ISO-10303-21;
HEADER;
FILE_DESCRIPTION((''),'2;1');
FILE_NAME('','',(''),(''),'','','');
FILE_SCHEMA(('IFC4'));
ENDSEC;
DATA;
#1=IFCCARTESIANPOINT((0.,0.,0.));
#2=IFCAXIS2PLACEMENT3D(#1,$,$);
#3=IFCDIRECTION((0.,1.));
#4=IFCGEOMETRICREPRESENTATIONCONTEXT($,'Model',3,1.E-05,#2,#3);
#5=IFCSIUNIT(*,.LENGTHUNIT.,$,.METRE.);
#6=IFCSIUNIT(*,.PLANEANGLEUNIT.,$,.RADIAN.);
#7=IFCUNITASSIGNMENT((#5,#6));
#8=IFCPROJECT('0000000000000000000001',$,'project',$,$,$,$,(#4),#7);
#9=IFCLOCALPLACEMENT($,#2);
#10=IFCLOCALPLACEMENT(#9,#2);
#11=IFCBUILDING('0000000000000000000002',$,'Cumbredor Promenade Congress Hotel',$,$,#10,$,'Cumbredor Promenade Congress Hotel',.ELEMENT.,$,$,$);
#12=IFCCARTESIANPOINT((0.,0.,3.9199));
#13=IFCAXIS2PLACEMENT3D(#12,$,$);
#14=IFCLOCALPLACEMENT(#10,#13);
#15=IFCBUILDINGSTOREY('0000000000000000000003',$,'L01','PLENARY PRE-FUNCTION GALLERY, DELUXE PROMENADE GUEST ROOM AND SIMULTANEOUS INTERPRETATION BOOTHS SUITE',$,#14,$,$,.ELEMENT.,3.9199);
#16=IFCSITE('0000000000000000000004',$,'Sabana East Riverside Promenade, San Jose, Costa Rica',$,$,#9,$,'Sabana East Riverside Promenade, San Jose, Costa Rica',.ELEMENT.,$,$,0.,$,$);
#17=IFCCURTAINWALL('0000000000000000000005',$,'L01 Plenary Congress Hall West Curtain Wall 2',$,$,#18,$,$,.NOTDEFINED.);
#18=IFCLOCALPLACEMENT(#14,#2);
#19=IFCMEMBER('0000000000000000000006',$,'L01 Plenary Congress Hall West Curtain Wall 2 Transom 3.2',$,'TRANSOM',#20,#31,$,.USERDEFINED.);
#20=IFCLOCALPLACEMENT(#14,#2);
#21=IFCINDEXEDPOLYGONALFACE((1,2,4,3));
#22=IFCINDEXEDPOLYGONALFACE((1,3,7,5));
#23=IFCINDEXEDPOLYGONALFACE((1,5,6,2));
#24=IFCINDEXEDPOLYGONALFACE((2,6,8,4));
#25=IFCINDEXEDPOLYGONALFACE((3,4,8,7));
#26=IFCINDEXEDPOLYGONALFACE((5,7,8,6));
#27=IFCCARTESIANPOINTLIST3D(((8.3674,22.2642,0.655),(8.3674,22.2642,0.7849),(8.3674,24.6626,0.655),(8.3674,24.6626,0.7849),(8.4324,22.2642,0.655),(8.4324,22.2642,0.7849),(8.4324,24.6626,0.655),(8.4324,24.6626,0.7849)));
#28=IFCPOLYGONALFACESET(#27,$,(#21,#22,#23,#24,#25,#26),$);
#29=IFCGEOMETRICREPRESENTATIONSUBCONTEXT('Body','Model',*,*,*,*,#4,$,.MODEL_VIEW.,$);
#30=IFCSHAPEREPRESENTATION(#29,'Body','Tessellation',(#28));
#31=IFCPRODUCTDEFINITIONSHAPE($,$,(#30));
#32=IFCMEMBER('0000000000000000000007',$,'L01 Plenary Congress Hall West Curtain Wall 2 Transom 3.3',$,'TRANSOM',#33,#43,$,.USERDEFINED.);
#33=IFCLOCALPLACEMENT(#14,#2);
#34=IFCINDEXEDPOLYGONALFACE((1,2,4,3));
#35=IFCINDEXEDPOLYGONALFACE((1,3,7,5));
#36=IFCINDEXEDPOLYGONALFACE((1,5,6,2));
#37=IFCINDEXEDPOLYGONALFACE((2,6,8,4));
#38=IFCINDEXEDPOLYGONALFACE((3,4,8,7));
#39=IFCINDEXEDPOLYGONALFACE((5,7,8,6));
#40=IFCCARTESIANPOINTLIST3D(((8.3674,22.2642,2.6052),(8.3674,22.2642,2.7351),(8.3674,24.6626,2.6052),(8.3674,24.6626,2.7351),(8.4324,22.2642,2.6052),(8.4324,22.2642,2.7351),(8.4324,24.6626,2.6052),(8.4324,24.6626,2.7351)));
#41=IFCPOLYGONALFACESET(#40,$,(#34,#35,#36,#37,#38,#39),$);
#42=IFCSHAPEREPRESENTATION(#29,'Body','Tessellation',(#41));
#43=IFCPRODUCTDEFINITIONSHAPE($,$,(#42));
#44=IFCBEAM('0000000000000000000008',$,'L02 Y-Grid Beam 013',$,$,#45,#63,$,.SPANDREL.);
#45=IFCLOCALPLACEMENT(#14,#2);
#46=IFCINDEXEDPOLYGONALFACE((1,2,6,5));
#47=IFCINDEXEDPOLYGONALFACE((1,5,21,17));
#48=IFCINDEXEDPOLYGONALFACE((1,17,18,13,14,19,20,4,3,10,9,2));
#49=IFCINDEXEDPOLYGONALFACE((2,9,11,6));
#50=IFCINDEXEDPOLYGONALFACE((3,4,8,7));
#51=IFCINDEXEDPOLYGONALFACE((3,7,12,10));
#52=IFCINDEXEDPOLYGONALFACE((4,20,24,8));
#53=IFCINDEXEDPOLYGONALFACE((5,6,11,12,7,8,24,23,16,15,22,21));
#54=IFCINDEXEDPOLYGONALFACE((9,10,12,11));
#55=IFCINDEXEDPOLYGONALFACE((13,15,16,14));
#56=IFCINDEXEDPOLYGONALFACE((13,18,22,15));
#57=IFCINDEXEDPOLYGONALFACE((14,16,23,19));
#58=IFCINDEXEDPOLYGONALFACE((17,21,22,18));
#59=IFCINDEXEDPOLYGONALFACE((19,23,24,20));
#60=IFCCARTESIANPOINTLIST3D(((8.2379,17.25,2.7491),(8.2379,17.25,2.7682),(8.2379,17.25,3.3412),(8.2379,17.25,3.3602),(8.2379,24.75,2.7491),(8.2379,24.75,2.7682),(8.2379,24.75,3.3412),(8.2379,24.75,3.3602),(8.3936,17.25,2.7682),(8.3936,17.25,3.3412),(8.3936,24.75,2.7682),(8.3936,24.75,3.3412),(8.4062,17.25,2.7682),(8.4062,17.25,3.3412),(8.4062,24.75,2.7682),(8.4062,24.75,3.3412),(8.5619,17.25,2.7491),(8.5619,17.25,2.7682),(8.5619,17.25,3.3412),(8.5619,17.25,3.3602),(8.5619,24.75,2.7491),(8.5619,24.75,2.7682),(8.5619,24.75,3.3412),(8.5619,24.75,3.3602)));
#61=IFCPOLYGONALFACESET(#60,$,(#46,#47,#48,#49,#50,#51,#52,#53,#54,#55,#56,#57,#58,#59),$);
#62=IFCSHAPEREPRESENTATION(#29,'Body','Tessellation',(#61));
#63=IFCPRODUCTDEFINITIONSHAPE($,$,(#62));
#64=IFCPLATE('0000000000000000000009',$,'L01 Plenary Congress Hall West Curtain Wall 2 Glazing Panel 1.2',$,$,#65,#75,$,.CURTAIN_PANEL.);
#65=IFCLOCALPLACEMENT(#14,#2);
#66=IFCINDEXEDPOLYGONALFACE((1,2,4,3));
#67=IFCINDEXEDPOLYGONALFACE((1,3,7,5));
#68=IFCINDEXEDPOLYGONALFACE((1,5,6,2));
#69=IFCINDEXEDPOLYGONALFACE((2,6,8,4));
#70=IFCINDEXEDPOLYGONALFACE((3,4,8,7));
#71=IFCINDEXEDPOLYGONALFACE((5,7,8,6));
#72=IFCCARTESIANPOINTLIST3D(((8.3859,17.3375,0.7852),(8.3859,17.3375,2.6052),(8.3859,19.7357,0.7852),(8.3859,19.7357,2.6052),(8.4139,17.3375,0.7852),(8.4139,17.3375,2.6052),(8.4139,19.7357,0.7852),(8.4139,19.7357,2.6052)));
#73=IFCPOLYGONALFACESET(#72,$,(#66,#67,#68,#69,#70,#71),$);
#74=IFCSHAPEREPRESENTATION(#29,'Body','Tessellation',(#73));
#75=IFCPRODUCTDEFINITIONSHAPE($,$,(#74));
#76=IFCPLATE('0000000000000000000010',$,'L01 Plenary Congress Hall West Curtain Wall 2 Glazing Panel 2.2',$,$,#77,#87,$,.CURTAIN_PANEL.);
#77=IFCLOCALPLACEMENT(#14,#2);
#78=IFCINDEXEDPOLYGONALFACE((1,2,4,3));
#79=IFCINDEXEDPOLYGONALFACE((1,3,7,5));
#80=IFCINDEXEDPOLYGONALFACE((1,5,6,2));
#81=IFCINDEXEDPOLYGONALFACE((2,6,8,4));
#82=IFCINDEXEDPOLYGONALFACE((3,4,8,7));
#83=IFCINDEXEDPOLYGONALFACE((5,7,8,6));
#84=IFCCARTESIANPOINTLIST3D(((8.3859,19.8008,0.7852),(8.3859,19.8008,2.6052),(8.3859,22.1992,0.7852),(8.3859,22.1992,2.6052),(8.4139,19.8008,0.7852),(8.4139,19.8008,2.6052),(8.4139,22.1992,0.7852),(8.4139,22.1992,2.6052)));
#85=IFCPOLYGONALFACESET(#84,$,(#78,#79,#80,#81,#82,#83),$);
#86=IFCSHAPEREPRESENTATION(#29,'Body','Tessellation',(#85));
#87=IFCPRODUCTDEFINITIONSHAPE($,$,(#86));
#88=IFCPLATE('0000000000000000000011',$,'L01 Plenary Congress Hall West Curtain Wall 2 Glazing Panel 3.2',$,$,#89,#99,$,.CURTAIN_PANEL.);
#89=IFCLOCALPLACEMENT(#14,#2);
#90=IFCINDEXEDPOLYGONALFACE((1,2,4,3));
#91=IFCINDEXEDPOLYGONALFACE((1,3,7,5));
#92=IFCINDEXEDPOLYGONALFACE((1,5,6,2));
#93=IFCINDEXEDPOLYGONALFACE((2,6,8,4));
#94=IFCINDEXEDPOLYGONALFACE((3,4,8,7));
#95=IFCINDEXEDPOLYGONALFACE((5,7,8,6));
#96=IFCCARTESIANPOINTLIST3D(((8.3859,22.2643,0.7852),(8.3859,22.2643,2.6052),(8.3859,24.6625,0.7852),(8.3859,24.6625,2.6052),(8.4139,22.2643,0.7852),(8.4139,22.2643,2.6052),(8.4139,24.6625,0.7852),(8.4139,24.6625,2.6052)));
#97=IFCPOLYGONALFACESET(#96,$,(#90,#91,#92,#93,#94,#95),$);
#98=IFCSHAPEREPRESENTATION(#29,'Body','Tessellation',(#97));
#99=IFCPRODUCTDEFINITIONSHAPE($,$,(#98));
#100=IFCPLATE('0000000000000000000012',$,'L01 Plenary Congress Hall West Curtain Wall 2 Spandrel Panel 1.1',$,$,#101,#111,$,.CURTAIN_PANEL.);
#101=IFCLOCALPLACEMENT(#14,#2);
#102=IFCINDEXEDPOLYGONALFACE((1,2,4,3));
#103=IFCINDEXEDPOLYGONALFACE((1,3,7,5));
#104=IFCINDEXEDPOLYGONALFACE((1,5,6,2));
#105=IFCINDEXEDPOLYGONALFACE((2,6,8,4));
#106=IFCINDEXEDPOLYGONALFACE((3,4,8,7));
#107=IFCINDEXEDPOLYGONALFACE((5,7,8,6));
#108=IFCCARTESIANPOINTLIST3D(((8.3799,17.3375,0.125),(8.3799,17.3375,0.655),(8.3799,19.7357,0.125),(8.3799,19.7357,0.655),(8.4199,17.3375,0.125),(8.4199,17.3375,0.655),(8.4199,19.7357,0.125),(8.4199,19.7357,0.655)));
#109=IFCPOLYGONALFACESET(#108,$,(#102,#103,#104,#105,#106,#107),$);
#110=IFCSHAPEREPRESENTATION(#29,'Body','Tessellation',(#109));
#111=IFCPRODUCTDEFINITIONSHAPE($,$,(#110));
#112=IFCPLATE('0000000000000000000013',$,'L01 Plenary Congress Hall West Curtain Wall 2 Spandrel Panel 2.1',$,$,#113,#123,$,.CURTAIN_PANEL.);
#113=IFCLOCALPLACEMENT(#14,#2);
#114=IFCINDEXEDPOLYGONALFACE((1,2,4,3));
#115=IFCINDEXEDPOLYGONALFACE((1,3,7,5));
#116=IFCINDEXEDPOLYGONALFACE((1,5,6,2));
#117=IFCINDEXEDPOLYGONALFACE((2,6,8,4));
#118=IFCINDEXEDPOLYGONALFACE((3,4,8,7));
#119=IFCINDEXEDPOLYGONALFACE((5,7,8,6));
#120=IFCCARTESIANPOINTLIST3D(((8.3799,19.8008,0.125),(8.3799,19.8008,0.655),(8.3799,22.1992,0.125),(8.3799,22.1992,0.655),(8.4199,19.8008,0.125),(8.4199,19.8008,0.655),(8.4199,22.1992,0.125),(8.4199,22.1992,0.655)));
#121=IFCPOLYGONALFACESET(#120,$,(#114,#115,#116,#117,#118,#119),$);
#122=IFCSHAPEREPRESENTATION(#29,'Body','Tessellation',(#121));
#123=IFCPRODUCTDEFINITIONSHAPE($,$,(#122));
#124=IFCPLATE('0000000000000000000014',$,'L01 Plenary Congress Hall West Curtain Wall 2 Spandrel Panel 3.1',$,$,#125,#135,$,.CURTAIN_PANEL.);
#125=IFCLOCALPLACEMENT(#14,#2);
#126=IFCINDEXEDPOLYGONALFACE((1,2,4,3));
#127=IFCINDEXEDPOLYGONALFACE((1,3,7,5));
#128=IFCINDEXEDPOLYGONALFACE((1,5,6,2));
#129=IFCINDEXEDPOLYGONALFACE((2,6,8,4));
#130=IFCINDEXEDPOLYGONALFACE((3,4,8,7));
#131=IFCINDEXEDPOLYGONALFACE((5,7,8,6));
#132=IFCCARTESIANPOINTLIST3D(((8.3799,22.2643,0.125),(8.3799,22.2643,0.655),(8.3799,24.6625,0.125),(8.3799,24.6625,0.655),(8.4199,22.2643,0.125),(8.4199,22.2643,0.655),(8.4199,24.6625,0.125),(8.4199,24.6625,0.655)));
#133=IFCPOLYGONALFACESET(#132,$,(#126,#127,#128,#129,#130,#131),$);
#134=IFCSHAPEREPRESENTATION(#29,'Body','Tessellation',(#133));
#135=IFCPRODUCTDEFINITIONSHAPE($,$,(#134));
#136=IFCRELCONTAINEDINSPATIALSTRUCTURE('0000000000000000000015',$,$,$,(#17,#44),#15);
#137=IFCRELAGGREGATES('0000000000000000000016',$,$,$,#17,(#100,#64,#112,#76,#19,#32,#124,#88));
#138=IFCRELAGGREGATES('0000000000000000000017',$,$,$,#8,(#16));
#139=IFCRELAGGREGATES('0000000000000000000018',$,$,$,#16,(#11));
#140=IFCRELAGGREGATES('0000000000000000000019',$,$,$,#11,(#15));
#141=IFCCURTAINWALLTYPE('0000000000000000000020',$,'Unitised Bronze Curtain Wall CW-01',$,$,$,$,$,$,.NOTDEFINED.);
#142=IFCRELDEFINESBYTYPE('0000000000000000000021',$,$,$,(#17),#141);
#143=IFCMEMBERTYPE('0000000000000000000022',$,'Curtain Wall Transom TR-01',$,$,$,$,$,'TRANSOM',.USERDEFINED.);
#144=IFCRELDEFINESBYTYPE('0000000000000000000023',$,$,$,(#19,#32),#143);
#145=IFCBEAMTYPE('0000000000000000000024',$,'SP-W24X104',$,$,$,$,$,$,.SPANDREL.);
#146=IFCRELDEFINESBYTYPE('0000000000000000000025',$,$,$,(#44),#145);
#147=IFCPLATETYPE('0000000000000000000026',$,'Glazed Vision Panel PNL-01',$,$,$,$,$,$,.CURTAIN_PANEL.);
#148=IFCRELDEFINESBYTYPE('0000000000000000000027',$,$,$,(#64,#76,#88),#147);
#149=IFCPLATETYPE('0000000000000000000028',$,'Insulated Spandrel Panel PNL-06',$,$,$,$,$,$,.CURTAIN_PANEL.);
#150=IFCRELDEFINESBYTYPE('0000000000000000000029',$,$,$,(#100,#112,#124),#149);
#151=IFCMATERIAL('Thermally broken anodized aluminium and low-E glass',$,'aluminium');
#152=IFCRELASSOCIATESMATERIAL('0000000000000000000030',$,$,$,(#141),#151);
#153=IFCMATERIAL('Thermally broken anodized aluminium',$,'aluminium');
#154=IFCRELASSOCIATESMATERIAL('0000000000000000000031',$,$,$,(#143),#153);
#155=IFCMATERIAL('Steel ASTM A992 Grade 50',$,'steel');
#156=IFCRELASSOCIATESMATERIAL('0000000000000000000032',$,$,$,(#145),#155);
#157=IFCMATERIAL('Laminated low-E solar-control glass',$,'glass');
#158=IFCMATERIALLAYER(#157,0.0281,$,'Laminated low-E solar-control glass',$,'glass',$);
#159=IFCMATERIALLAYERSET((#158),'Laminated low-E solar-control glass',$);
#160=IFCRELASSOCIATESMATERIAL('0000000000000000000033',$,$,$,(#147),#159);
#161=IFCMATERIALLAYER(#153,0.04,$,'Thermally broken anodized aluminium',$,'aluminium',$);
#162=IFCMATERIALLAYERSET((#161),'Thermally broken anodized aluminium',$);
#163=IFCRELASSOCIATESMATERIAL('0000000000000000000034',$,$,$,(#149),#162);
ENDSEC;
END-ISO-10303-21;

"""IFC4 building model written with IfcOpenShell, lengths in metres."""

from ifc_helpers import new_model, si_unit, direction, frame, origin, origin_2d, place, context, subcontext, project, spatial, rectangle, i_section, extrude, material, layer, layer_set, material_profile, profile_set, type_object, element, aggregate, save


model = new_model("IFC4")

# Units and contexts
model_context = context("Model", 3, precision=1e-05, world=origin(), true_north=direction((0.0, 1.0)))
body_context = subcontext(model_context, "Body", "Model", "MODEL_VIEW")
ifc_project = project(units=[si_unit("LENGTHUNIT", "METRE"), si_unit("PLANEANGLEUNIT", "RADIAN")], contexts=[model_context])

# Site, building, storey
site_placement = place(None, origin())
site = spatial("IfcSite", under=ifc_project, at=site_placement, Name="Sabana East Riverside Promenade, San Jose, Costa Rica", LongName="Sabana East Riverside Promenade, San Jose, Costa Rica", CompositionType="ELEMENT", RefElevation=0.0)
building_placement = place(site_placement, origin())
building = spatial("IfcBuilding", under=site, at=building_placement, Name="Cumbredor Promenade Congress Hotel", LongName="Cumbredor Promenade Congress Hotel", CompositionType="ELEMENT")
storey_placement = place(building_placement, frame((0.0, 0.0, 3.9199)))
storey = spatial("IfcBuildingStorey", under=building, at=storey_placement, Name="L01", Description="PLENARY PRE-FUNCTION GALLERY, DELUXE PROMENADE GUEST ROOM AND SIMULTANEOUS INTERPRETATION BOOTHS SUITE", CompositionType="ELEMENT", Elevation=3.9199)

# Curtain wall, members
ifc_material_1 = material(Name="Thermally broken anodized aluminium and low-E glass", Category="aluminium")
curtain_wall_type = type_object("IfcCurtainWallType", Name="Unitised Bronze Curtain Wall CW-01", PredefinedType="NOTDEFINED", material=ifc_material_1)
curtain_wall_placement = place(storey_placement, origin())
curtain_wall = element("IfcCurtainWall", 1, at=curtain_wall_placement, inside=storey, type_object=curtain_wall_type, Name="L01 Plenary Congress Hall West Curtain Wall 2", PredefinedType="NOTDEFINED")
ifc_material_2 = material(Name="Thermally broken anodized aluminium", Category="aluminium")
ifc_material_profile_1 = material_profile(ifc_material_2, rectangle(XDim=0.0649, YDim=0.1299, at=origin_2d()), Name="ALU TRANSOM 65x130")
ifc_profile_set_1 = profile_set([ifc_material_profile_1], Name="Thermally broken anodized aluminium")
member_type_1 = type_object("IfcMemberType", Name="Curtain Wall Transom TR-01", ElementType="TRANSOM", PredefinedType="USERDEFINED", material=ifc_profile_set_1)
member_1_placement = place(storey_placement, frame((8.3999, 22.2642, 0.72), z_axis=(0.0, 1.0, 0.0), x_axis=(-1.0, 0.0, 0.0)))
member_1 = element("IfcMember", 2, at=member_1_placement, type_object=member_type_1, Name="L01 Plenary Congress Hall West Curtain Wall 2 Transom 3.2", ObjectType="TRANSOM", PredefinedType="USERDEFINED", context=body_context, shape_type="SweptSolid", body=[
    extrude(rectangle(XDim=0.0649, YDim=0.1299, at=origin_2d()), origin(), (0.0, 0.0, 1.0), 2.3984),
])
member_2_placement = place(storey_placement, frame((8.3999, 22.2642, 2.6702), z_axis=(0.0, 1.0, 0.0), x_axis=(-1.0, 0.0, 0.0)))
member_2 = element("IfcMember", 3, at=member_2_placement, type_object=member_type_1, Name="L01 Plenary Congress Hall West Curtain Wall 2 Transom 3.3", ObjectType="TRANSOM", PredefinedType="USERDEFINED", context=body_context, shape_type="SweptSolid", body=[
    extrude(rectangle(XDim=0.0649, YDim=0.1299, at=origin_2d()), origin(), (0.0, 0.0, 1.0), 2.3984),
])

# Beam
ifc_material_3 = material(Name="Steel ASTM A992 Grade 50", Category="steel")
ifc_material_profile_2 = material_profile(ifc_material_3, i_section(OverallWidth=0.324, OverallDepth=0.6111, WebThickness=0.0127, FlangeThickness=0.019, at=origin_2d()), Name="W24X104")
ifc_profile_set_2 = profile_set([ifc_material_profile_2], Name="Steel ASTM A992 Grade 50")
beam_type = type_object("IfcBeamType", Name="SP-W24X104", PredefinedType="SPANDREL", material=ifc_profile_set_2)
beam_placement = place(storey_placement, frame((8.3999, 17.25, 3.0547), z_axis=(0.0, 1.0, 0.0), x_axis=(-1.0, 0.0, 0.0)))
element("IfcBeam", 4, at=beam_placement, inside=storey, type_object=beam_type, Name="L02 Y-Grid Beam 013", PredefinedType="SPANDREL", context=body_context, shape_type="SweptSolid", body=[
    extrude(i_section(OverallWidth=0.324, OverallDepth=0.6111, WebThickness=0.0127, FlangeThickness=0.019, at=origin_2d()), origin(), (0.0, 0.0, 1.0), 7.5),
])

# Plates
ifc_material_4 = material(Name="Laminated low-E solar-control glass", Category="glass")
ifc_layer_1 = layer(ifc_material_4, 0.0281, Name="Laminated low-E solar-control glass", Category="glass")
ifc_layer_set_1 = layer_set([ifc_layer_1], Name="Laminated low-E solar-control glass")
plate_type_1 = type_object("IfcPlateType", Name="Glazed Vision Panel PNL-01", PredefinedType="CURTAIN_PANEL", material=ifc_layer_set_1)
plate_1_placement = place(storey_placement, frame((8.3999, 18.5366, 0.7852), z_axis=(0.0, 0.0, 1.0), x_axis=(0.0, 1.0, 0.0)))
plate_1 = element("IfcPlate", 5, at=plate_1_placement, type_object=plate_type_1, Name="L01 Plenary Congress Hall West Curtain Wall 2 Glazing Panel 1.2", PredefinedType="CURTAIN_PANEL", context=body_context, shape_type="SweptSolid", body=[
    extrude(rectangle(XDim=2.3982, YDim=0.0281, at=origin_2d()), origin(), (0.0, 0.0, 1.0), 1.8201),
])
plate_2_placement = place(storey_placement, frame((8.3999, 21.0, 0.7852), z_axis=(0.0, 0.0, 1.0), x_axis=(0.0, 1.0, 0.0)))
plate_2 = element("IfcPlate", 6, at=plate_2_placement, type_object=plate_type_1, Name="L01 Plenary Congress Hall West Curtain Wall 2 Glazing Panel 2.2", PredefinedType="CURTAIN_PANEL", context=body_context, shape_type="SweptSolid", body=[
    extrude(rectangle(XDim=2.3984, YDim=0.0281, at=origin_2d()), origin(), (0.0, 0.0, 1.0), 1.8201),
])
plate_3_placement = place(storey_placement, frame((8.3999, 23.4634, 0.7852), z_axis=(0.0, 0.0, 1.0), x_axis=(0.0, 1.0, 0.0)))
plate_3 = element("IfcPlate", 7, at=plate_3_placement, type_object=plate_type_1, Name="L01 Plenary Congress Hall West Curtain Wall 2 Glazing Panel 3.2", PredefinedType="CURTAIN_PANEL", context=body_context, shape_type="SweptSolid", body=[
    extrude(rectangle(XDim=2.3982, YDim=0.0281, at=origin_2d()), origin(), (0.0, 0.0, 1.0), 1.8201),
])
ifc_layer_2 = layer(ifc_material_2, 0.04, Name="Thermally broken anodized aluminium", Category="aluminium")
ifc_layer_set_2 = layer_set([ifc_layer_2], Name="Thermally broken anodized aluminium")
plate_type_2 = type_object("IfcPlateType", Name="Insulated Spandrel Panel PNL-06", PredefinedType="CURTAIN_PANEL", material=ifc_layer_set_2)
plate_4_placement = place(storey_placement, frame((8.3999, 18.5366, 0.125), z_axis=(0.0, 0.0, 1.0), x_axis=(0.0, 1.0, 0.0)))
plate_4 = element("IfcPlate", 8, at=plate_4_placement, type_object=plate_type_2, Name="L01 Plenary Congress Hall West Curtain Wall 2 Spandrel Panel 1.1", PredefinedType="CURTAIN_PANEL", context=body_context, shape_type="SweptSolid", body=[
    extrude(rectangle(XDim=2.3982, YDim=0.04, at=origin_2d()), origin(), (0.0, 0.0, 1.0), 0.53),
])
plate_5_placement = place(storey_placement, frame((8.3999, 21.0, 0.125), z_axis=(0.0, 0.0, 1.0), x_axis=(0.0, 1.0, 0.0)))
plate_5 = element("IfcPlate", 9, at=plate_5_placement, type_object=plate_type_2, Name="L01 Plenary Congress Hall West Curtain Wall 2 Spandrel Panel 2.1", PredefinedType="CURTAIN_PANEL", context=body_context, shape_type="SweptSolid", body=[
    extrude(rectangle(XDim=2.3984, YDim=0.04, at=origin_2d()), origin(), (0.0, 0.0, 1.0), 0.53),
])
plate_6_placement = place(storey_placement, frame((8.3999, 23.4634, 0.125), z_axis=(0.0, 0.0, 1.0), x_axis=(0.0, 1.0, 0.0)))
plate_6 = element("IfcPlate", 10, at=plate_6_placement, type_object=plate_type_2, Name="L01 Plenary Congress Hall West Curtain Wall 2 Spandrel Panel 3.1", PredefinedType="CURTAIN_PANEL", context=body_context, shape_type="SweptSolid", body=[
    extrude(rectangle(XDim=2.3982, YDim=0.04, at=origin_2d()), origin(), (0.0, 0.0, 1.0), 0.53),
])
aggregate(curtain_wall, [plate_4, plate_1, plate_5, plate_2, member_1, member_2, plate_6, plate_3])

save(model, "model.ifc")
